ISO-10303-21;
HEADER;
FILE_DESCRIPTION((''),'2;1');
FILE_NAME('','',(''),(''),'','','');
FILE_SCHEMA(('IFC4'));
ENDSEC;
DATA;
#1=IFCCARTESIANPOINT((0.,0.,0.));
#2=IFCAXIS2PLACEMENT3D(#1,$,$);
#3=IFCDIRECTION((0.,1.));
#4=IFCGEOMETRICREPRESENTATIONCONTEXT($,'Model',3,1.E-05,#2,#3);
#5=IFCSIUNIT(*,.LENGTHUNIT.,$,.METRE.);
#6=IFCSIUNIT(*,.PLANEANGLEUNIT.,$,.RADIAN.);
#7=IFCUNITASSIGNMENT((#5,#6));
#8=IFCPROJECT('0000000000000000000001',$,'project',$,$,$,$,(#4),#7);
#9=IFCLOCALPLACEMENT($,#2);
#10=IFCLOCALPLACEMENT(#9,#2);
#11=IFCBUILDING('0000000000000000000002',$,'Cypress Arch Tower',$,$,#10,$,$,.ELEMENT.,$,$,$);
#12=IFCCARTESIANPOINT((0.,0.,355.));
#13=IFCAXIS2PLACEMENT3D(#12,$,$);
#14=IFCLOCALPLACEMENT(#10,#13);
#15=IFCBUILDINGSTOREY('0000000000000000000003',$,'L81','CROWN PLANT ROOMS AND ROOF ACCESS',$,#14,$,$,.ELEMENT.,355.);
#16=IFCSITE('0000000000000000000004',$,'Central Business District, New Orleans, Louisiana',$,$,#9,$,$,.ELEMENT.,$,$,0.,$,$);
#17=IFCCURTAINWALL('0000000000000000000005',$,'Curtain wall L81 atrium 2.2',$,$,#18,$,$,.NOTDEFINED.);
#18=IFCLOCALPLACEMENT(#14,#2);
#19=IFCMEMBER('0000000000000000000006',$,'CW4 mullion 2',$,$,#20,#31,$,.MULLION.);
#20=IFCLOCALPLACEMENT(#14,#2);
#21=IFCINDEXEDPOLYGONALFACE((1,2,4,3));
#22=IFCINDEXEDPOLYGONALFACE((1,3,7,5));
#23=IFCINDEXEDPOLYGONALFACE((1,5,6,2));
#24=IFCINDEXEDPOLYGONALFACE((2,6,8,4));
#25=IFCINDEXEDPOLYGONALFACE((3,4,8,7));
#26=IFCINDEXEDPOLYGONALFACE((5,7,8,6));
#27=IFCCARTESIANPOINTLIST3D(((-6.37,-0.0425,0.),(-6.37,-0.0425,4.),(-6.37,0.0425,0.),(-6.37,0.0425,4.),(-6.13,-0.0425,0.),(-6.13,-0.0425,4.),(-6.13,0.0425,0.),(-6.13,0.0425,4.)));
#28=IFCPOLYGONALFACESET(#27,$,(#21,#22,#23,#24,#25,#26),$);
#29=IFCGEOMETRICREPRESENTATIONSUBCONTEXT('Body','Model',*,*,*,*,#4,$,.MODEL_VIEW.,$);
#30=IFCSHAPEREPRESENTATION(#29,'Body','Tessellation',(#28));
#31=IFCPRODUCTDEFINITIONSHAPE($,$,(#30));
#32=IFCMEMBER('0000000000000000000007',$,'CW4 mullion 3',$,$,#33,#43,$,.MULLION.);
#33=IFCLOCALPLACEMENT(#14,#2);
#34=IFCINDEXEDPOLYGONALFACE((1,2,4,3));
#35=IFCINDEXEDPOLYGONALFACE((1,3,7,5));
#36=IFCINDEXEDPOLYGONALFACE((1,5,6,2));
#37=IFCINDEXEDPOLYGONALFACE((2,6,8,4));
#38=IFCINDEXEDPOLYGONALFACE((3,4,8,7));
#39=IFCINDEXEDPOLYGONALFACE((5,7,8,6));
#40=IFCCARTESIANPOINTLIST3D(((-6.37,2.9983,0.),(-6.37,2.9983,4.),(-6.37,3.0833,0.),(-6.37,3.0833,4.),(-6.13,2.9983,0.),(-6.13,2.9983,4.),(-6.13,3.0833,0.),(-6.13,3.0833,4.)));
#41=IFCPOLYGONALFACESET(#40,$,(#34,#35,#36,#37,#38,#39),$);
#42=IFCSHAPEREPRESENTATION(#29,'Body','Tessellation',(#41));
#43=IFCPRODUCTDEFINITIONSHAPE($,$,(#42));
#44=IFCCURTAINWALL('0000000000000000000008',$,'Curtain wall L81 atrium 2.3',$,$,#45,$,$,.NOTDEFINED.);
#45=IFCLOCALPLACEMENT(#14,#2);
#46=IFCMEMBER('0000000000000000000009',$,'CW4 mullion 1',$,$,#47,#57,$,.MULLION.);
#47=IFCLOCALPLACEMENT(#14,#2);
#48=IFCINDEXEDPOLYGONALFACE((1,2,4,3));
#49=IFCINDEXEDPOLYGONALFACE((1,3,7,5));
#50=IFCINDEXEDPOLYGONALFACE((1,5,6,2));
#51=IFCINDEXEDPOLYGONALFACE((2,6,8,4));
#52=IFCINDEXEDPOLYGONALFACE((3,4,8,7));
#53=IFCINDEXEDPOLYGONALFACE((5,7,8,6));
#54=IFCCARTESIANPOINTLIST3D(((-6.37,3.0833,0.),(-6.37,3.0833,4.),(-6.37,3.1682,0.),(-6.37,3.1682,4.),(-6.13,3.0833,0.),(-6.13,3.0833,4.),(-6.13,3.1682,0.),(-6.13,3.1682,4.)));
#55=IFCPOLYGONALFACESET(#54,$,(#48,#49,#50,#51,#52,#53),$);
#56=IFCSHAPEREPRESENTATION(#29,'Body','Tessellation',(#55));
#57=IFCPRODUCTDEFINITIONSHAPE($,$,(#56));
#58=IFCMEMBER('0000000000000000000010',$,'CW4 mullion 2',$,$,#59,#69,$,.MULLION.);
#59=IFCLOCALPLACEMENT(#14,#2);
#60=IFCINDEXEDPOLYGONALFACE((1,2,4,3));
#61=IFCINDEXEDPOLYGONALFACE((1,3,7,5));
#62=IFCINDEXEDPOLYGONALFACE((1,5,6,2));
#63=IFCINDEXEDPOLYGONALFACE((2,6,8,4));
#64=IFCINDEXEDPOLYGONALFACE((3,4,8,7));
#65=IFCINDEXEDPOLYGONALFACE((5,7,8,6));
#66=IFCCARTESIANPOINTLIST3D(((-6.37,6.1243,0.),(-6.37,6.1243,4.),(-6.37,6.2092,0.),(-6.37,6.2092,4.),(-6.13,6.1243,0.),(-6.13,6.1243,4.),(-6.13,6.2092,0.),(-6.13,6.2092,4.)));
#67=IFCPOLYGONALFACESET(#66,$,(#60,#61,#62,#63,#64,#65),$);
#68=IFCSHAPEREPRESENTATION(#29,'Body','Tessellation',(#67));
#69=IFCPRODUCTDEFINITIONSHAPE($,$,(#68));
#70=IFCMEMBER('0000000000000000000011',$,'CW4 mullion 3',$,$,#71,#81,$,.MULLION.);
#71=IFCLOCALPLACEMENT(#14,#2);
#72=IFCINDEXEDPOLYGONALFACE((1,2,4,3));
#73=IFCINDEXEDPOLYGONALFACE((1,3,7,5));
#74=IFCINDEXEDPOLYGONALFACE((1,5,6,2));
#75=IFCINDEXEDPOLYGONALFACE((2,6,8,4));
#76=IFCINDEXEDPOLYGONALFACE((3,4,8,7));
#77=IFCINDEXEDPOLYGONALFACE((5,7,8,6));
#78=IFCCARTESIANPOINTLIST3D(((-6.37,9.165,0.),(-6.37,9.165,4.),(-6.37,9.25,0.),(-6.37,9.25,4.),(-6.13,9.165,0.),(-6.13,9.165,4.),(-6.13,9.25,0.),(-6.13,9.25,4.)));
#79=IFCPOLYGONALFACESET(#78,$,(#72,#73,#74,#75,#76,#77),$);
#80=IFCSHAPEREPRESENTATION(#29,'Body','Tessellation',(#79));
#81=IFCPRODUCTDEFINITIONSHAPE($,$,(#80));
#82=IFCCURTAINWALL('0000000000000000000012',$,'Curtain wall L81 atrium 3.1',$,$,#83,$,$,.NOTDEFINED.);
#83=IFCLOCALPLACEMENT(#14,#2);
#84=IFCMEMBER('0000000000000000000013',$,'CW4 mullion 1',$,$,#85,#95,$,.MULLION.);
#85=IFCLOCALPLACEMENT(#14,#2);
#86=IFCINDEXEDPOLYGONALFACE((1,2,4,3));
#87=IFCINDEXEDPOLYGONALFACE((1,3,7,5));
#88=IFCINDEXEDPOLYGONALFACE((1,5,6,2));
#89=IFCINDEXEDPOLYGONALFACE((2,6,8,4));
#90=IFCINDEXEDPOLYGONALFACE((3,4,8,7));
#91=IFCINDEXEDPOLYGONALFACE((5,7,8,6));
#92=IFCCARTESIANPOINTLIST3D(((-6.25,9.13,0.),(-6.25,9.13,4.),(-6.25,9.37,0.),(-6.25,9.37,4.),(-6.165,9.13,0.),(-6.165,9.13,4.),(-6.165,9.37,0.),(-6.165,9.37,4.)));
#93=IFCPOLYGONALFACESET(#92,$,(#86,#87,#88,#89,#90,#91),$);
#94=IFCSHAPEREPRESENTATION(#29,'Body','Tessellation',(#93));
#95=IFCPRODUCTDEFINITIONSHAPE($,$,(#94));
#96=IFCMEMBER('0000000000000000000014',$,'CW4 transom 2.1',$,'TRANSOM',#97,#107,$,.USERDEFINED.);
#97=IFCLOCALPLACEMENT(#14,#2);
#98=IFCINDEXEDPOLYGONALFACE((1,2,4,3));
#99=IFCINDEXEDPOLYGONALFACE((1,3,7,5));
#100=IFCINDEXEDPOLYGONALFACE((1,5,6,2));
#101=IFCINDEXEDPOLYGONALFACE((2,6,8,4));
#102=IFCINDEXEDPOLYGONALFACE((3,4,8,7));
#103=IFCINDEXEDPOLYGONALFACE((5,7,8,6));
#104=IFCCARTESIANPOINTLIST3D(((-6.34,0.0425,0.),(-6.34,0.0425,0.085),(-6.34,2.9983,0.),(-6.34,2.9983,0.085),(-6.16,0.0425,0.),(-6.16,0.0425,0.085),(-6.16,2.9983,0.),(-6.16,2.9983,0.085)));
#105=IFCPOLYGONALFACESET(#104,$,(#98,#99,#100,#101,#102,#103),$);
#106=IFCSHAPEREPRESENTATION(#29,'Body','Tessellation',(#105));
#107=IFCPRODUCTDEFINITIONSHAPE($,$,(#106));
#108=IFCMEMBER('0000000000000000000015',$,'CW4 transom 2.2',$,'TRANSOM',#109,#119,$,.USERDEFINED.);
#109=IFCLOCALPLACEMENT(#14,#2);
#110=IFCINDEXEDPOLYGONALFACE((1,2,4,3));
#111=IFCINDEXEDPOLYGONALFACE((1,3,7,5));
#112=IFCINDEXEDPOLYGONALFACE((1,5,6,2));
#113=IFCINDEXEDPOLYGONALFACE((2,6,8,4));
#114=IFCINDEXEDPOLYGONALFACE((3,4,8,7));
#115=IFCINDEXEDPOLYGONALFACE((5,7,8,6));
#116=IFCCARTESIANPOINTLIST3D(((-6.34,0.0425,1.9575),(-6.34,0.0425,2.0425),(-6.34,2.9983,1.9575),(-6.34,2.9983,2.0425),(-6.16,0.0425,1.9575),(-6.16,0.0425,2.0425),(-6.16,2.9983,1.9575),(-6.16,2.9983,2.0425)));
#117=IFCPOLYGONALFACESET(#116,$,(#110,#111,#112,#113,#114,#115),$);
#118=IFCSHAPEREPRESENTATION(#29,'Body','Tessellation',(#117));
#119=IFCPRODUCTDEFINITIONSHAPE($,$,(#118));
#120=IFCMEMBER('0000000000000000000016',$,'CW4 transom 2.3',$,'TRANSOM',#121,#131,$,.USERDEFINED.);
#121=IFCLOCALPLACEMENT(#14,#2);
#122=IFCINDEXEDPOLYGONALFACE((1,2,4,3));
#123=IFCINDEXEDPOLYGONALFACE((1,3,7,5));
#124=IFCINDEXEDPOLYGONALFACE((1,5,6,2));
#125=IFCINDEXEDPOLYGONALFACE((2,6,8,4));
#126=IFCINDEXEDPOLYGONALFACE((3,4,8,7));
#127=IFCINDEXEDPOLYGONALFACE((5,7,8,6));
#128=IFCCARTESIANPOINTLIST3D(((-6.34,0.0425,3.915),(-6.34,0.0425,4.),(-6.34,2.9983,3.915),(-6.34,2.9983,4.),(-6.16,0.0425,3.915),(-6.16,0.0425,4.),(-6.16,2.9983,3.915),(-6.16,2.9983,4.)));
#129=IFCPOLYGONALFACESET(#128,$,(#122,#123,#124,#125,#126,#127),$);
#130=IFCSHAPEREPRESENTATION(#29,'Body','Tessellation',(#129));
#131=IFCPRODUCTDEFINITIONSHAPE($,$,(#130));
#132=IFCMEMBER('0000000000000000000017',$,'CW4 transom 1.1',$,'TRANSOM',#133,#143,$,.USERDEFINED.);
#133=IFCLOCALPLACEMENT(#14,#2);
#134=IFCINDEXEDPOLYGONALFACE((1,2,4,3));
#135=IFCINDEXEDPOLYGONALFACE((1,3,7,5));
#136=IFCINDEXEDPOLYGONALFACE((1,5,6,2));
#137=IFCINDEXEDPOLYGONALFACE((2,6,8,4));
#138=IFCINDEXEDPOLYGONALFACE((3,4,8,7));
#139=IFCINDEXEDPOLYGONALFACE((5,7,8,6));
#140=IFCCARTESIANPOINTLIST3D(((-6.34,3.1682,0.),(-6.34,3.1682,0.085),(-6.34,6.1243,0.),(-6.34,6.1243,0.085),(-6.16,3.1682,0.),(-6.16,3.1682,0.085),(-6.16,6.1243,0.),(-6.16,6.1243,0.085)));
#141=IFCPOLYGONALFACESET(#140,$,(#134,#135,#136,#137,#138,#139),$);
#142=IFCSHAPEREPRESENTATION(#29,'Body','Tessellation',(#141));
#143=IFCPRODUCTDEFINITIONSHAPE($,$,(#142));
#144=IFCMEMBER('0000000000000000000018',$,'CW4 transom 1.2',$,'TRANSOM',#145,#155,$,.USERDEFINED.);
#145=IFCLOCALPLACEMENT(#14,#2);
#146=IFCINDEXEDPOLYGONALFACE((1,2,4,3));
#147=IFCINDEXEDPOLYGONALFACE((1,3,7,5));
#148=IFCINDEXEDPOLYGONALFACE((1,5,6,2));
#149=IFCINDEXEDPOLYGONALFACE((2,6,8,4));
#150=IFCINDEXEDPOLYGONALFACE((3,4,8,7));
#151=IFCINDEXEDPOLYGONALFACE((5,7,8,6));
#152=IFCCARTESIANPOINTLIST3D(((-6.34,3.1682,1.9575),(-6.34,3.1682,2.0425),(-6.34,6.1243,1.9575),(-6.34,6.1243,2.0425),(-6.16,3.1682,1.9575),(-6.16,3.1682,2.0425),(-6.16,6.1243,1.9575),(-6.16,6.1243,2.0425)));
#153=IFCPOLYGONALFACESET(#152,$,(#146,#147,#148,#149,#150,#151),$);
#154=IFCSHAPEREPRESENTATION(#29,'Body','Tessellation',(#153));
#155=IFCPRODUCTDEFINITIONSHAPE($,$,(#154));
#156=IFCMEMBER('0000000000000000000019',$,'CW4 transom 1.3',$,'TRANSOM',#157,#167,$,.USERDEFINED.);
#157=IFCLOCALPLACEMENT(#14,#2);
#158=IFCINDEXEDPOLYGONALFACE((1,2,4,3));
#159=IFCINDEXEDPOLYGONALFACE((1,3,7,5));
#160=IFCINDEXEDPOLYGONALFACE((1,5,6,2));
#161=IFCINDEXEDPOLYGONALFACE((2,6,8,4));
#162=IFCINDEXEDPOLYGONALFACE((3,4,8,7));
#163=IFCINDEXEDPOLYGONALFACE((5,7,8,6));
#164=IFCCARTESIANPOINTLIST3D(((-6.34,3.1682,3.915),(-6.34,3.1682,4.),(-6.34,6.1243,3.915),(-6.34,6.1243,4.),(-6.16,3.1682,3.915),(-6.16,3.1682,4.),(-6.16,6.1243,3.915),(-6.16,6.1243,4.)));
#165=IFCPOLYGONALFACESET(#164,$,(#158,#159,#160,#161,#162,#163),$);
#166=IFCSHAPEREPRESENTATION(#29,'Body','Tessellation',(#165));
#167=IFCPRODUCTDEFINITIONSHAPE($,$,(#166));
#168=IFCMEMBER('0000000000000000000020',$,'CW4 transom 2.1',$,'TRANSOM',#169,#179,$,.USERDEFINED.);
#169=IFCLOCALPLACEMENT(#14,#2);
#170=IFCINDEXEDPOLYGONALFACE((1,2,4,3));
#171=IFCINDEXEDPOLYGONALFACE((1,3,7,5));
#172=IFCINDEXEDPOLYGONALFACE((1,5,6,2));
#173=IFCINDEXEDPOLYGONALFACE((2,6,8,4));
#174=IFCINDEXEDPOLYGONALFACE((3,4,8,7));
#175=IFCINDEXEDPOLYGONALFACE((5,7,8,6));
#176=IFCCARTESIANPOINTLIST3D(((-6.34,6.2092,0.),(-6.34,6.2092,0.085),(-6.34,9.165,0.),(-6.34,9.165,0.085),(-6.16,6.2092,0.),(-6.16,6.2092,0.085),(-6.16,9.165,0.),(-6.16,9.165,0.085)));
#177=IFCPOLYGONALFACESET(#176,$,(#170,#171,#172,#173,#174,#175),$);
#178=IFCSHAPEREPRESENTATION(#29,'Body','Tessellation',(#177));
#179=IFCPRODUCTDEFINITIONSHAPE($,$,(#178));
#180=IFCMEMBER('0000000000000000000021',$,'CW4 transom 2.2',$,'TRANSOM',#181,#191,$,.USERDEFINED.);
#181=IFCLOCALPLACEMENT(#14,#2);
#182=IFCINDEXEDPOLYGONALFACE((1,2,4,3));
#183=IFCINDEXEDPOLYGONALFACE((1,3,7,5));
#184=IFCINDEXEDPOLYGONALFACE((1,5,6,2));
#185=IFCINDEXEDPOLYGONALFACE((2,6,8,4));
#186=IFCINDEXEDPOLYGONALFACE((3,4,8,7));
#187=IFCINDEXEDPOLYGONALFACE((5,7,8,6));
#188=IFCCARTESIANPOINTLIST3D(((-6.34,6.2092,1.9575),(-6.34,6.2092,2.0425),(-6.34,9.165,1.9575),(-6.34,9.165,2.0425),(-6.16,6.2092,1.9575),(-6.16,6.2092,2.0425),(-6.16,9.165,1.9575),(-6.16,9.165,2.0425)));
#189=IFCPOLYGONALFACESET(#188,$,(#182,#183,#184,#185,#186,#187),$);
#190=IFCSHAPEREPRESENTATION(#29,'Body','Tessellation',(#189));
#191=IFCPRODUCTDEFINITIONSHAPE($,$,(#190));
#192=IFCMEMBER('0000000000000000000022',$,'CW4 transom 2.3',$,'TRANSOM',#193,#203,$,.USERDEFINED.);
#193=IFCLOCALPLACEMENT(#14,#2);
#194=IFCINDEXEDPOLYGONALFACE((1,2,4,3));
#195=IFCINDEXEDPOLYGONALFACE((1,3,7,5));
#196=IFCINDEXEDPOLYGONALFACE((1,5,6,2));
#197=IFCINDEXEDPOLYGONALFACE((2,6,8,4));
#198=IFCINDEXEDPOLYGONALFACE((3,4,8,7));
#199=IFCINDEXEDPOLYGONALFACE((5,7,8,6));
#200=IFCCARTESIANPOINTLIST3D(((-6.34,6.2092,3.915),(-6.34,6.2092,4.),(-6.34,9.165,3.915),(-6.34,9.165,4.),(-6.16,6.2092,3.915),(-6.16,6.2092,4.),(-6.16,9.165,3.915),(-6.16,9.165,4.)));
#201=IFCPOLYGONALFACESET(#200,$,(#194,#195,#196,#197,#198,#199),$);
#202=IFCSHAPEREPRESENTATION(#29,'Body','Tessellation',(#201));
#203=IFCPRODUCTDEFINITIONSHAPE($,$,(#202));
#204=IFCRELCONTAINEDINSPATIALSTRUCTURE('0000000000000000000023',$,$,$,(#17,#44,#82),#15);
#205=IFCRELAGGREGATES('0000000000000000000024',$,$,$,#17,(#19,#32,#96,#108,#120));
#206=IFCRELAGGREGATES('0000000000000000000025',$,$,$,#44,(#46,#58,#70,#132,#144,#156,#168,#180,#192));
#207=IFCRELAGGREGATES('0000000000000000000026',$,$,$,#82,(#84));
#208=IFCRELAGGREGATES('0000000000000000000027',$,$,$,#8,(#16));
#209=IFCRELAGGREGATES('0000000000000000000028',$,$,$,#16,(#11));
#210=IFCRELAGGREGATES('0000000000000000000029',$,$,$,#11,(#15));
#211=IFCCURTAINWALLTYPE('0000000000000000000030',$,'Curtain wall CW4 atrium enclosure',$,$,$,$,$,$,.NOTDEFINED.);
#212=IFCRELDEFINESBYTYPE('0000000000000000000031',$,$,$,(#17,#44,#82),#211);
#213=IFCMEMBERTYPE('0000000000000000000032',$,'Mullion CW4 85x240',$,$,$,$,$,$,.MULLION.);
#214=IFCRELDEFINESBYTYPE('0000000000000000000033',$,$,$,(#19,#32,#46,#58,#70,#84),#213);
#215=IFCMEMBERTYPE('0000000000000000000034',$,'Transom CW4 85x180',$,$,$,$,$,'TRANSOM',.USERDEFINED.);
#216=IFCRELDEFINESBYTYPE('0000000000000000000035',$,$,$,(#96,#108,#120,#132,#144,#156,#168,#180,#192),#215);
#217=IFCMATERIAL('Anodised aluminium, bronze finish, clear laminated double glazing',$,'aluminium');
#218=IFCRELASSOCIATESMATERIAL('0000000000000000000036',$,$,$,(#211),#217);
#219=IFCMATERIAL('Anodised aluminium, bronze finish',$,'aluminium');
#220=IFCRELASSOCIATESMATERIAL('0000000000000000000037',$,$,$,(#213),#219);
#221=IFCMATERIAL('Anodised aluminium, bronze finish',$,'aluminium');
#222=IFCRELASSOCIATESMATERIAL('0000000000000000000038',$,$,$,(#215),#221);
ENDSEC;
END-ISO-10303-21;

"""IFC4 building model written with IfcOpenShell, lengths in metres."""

from ifc_helpers import new_model, si_unit, direction, frame, origin, origin_2d, place, context, subcontext, project, spatial, rectangle, extrude, material, material_profile, profile_set, type_object, element, aggregate, save


model = new_model("IFC4")

# Units and contexts
model_context = context("Model", 3, precision=1e-05, world=origin(), true_north=direction((0.0, 1.0)))
body_context = subcontext(model_context, "Body", "Model", "MODEL_VIEW")
ifc_project = project(units=[si_unit("LENGTHUNIT", "METRE"), si_unit("PLANEANGLEUNIT", "RADIAN")], contexts=[model_context])

# Site, building, storey
site_placement = place(None, origin())
site = spatial("IfcSite", under=ifc_project, at=site_placement, Name="Central Business District, New Orleans, Louisiana", CompositionType="ELEMENT", RefElevation=0.0)
building_placement = place(site_placement, origin())
building = spatial("IfcBuilding", under=site, at=building_placement, Name="Cypress Arch Tower", CompositionType="ELEMENT")
storey_placement = place(building_placement, frame((0.0, 0.0, 355.0)))
storey = spatial("IfcBuildingStorey", under=building, at=storey_placement, Name="L81", Description="CROWN PLANT ROOMS AND ROOF ACCESS", CompositionType="ELEMENT", Elevation=355.0)

# Curtain walls, members
ifc_material_1 = material(Name="Anodised aluminium, bronze finish, clear laminated double glazing", Category="aluminium")
curtain_wall_type = type_object("IfcCurtainWallType", Name="Curtain wall CW4 atrium enclosure", PredefinedType="NOTDEFINED", material=ifc_material_1)
curtain_wall_1_placement = place(storey_placement, origin())
curtain_wall_1 = element("IfcCurtainWall", 1, at=curtain_wall_1_placement, inside=storey, type_object=curtain_wall_type, Name="Curtain wall L81 atrium 2.2", PredefinedType="NOTDEFINED")
ifc_material_2 = material(Name="Anodised aluminium, bronze finish", Category="aluminium")
ifc_material_profile_1 = material_profile(ifc_material_2, rectangle(XDim=0.24, YDim=0.085, at=origin_2d()), Name="Mullion 85x240")
ifc_profile_set_1 = profile_set([ifc_material_profile_1], Name="Anodised aluminium, bronze finish")
member_type_1 = type_object("IfcMemberType", Name="Mullion CW4 85x240", PredefinedType="MULLION", material=ifc_profile_set_1)
member_1_placement = place(storey_placement, frame((-6.25, 0.0, 0.0), z_axis=(0.0, 0.0, 1.0), x_axis=(-1.0, 0.0, 0.0)))
member_1 = element("IfcMember", 2, at=member_1_placement, type_object=member_type_1, Name="CW4 mullion 2", PredefinedType="MULLION", context=body_context, shape_type="SweptSolid", body=[
    extrude(rectangle(XDim=0.24, YDim=0.085, at=origin_2d()), origin(), (0.0, 0.0, 1.0), 4.0),
])
member_2_placement = place(storey_placement, frame((-6.25, 3.0408, 0.0), z_axis=(0.0, 0.0, 1.0), x_axis=(-1.0, 0.0, 0.0)))
member_2 = element("IfcMember", 3, at=member_2_placement, type_object=member_type_1, Name="CW4 mullion 3", PredefinedType="MULLION", context=body_context, shape_type="SweptSolid", body=[
    extrude(rectangle(XDim=0.24, YDim=0.085, at=origin_2d()), origin(), (0.0, 0.0, 1.0), 4.0),
])
curtain_wall_2_placement = place(storey_placement, origin())
curtain_wall_2 = element("IfcCurtainWall", 4, at=curtain_wall_2_placement, inside=storey, type_object=curtain_wall_type, Name="Curtain wall L81 atrium 2.3", PredefinedType="NOTDEFINED")
member_3_placement = place(storey_placement, frame((-6.25, 3.1257, 0.0), z_axis=(0.0, 0.0, 1.0), x_axis=(-1.0, 0.0, 0.0)))
member_3 = element("IfcMember", 5, at=member_3_placement, type_object=member_type_1, Name="CW4 mullion 1", PredefinedType="MULLION", context=body_context, shape_type="SweptSolid", body=[
    extrude(rectangle(XDim=0.24, YDim=0.085, at=origin_2d()), origin(), (0.0, 0.0, 1.0), 4.0),
])
member_4_placement = place(storey_placement, frame((-6.25, 6.1667, 0.0), z_axis=(0.0, 0.0, 1.0), x_axis=(-1.0, 0.0, 0.0)))
member_4 = element("IfcMember", 6, at=member_4_placement, type_object=member_type_1, Name="CW4 mullion 2", PredefinedType="MULLION", context=body_context, shape_type="SweptSolid", body=[
    extrude(rectangle(XDim=0.24, YDim=0.085, at=origin_2d()), origin(), (0.0, 0.0, 1.0), 4.0),
])
member_5_placement = place(storey_placement, frame((-6.25, 9.2075, 0.0), z_axis=(0.0, 0.0, 1.0), x_axis=(-1.0, 0.0, 0.0)))
member_5 = element("IfcMember", 7, at=member_5_placement, type_object=member_type_1, Name="CW4 mullion 3", PredefinedType="MULLION", context=body_context, shape_type="SweptSolid", body=[
    extrude(rectangle(XDim=0.24, YDim=0.085, at=origin_2d()), origin(), (0.0, 0.0, 1.0), 4.0),
])

# Curtain wall, member
curtain_wall_3_placement = place(storey_placement, origin())
curtain_wall_3 = element("IfcCurtainWall", 8, at=curtain_wall_3_placement, inside=storey, type_object=curtain_wall_type, Name="Curtain wall L81 atrium 3.1", PredefinedType="NOTDEFINED")
member_6_placement = place(storey_placement, frame((-6.2075, 9.25, 0.0), z_axis=(0.0, 0.0, 1.0), x_axis=(0.0, 1.0, 0.0)))
member_6 = element("IfcMember", 9, at=member_6_placement, type_object=member_type_1, Name="CW4 mullion 1", PredefinedType="MULLION", context=body_context, shape_type="SweptSolid", body=[
    extrude(rectangle(XDim=0.24, YDim=0.085, at=origin_2d()), origin(), (0.0, 0.0, 1.0), 4.0),
])

# Members
ifc_material_3 = material(Name="Anodised aluminium, bronze finish", Category="aluminium")
ifc_material_profile_2 = material_profile(ifc_material_3, rectangle(XDim=0.1799, YDim=0.085, at=origin_2d()), Name="Transom 85x180")
ifc_profile_set_2 = profile_set([ifc_material_profile_2], Name="Anodised aluminium, bronze finish")
member_type_2 = type_object("IfcMemberType", Name="Transom CW4 85x180", ElementType="TRANSOM", PredefinedType="USERDEFINED", material=ifc_profile_set_2)
member_7_placement = place(storey_placement, frame((-6.25, 0.0425, 0.0425), z_axis=(0.0, 1.0, 0.0), x_axis=(-1.0, 0.0, 0.0)))
member_7 = element("IfcMember", 10, at=member_7_placement, type_object=member_type_2, Name="CW4 transom 2.1", ObjectType="TRANSOM", PredefinedType="USERDEFINED", context=body_context, shape_type="SweptSolid", body=[
    extrude(rectangle(XDim=0.1799, YDim=0.085, at=origin_2d()), origin(), (0.0, 0.0, 1.0), 2.9558),
])
member_8_placement = place(storey_placement, frame((-6.25, 0.0425, 2.0), z_axis=(0.0, 1.0, 0.0), x_axis=(-1.0, 0.0, 0.0)))
member_8 = element("IfcMember", 11, at=member_8_placement, type_object=member_type_2, Name="CW4 transom 2.2", ObjectType="TRANSOM", PredefinedType="USERDEFINED", context=body_context, shape_type="SweptSolid", body=[
    extrude(rectangle(XDim=0.1799, YDim=0.085, at=origin_2d()), origin(), (0.0, 0.0, 1.0), 2.9558),
])
member_9_placement = place(storey_placement, frame((-6.25, 0.0425, 3.9575), z_axis=(0.0, 1.0, 0.0), x_axis=(-1.0, 0.0, 0.0)))
member_9 = element("IfcMember", 12, at=member_9_placement, type_object=member_type_2, Name="CW4 transom 2.3", ObjectType="TRANSOM", PredefinedType="USERDEFINED", context=body_context, shape_type="SweptSolid", body=[
    extrude(rectangle(XDim=0.1799, YDim=0.085, at=origin_2d()), origin(), (0.0, 0.0, 1.0), 2.9558),
])
member_10_placement = place(storey_placement, frame((-6.25, 3.1682, 0.0425), z_axis=(0.0, 1.0, 0.0), x_axis=(-1.0, 0.0, 0.0)))
member_10 = element("IfcMember", 13, at=member_10_placement, type_object=member_type_2, Name="CW4 transom 1.1", ObjectType="TRANSOM", PredefinedType="USERDEFINED", context=body_context, shape_type="SweptSolid", body=[
    extrude(rectangle(XDim=0.1799, YDim=0.085, at=origin_2d()), origin(), (0.0, 0.0, 1.0), 2.9561),
])
member_11_placement = place(storey_placement, frame((-6.25, 3.1682, 2.0), z_axis=(0.0, 1.0, 0.0), x_axis=(-1.0, 0.0, 0.0)))
member_11 = element("IfcMember", 14, at=member_11_placement, type_object=member_type_2, Name="CW4 transom 1.2", ObjectType="TRANSOM", PredefinedType="USERDEFINED", context=body_context, shape_type="SweptSolid", body=[
    extrude(rectangle(XDim=0.1799, YDim=0.085, at=origin_2d()), origin(), (0.0, 0.0, 1.0), 2.9561),
])
member_12_placement = place(storey_placement, frame((-6.25, 3.1682, 3.9575), z_axis=(0.0, 1.0, 0.0), x_axis=(-1.0, 0.0, 0.0)))
member_12 = element("IfcMember", 15, at=member_12_placement, type_object=member_type_2, Name="CW4 transom 1.3", ObjectType="TRANSOM", PredefinedType="USERDEFINED", context=body_context, shape_type="SweptSolid", body=[
    extrude(rectangle(XDim=0.1799, YDim=0.085, at=origin_2d()), origin(), (0.0, 0.0, 1.0), 2.9561),
])
member_13_placement = place(storey_placement, frame((-6.25, 6.2092, 0.0425), z_axis=(0.0, 1.0, 0.0), x_axis=(-1.0, 0.0, 0.0)))
member_13 = element("IfcMember", 16, at=member_13_placement, type_object=member_type_2, Name="CW4 transom 2.1", ObjectType="TRANSOM", PredefinedType="USERDEFINED", context=body_context, shape_type="SweptSolid", body=[
    extrude(rectangle(XDim=0.1799, YDim=0.085, at=origin_2d()), origin(), (0.0, 0.0, 1.0), 2.9558),
])
member_14_placement = place(storey_placement, frame((-6.25, 6.2092, 2.0), z_axis=(0.0, 1.0, 0.0), x_axis=(-1.0, 0.0, 0.0)))
member_14 = element("IfcMember", 17, at=member_14_placement, type_object=member_type_2, Name="CW4 transom 2.2", ObjectType="TRANSOM", PredefinedType="USERDEFINED", context=body_context, shape_type="SweptSolid", body=[
    extrude(rectangle(XDim=0.1799, YDim=0.085, at=origin_2d()), origin(), (0.0, 0.0, 1.0), 2.9558),
])
member_15_placement = place(storey_placement, frame((-6.25, 6.2092, 3.9575), z_axis=(0.0, 1.0, 0.0), x_axis=(-1.0, 0.0, 0.0)))
member_15 = element("IfcMember", 18, at=member_15_placement, type_object=member_type_2, Name="CW4 transom 2.3", ObjectType="TRANSOM", PredefinedType="USERDEFINED", context=body_context, shape_type="SweptSolid", body=[
    extrude(rectangle(XDim=0.1799, YDim=0.085, at=origin_2d()), origin(), (0.0, 0.0, 1.0), 2.9558),
])

aggregate(curtain_wall_1, [member_1, member_2, member_7, member_8, member_9])
aggregate(curtain_wall_2, [member_3, member_4, member_5, member_10, member_11, member_12, member_13, member_14, member_15])
aggregate(curtain_wall_3, [member_6])

save(model, "model.ifc")
